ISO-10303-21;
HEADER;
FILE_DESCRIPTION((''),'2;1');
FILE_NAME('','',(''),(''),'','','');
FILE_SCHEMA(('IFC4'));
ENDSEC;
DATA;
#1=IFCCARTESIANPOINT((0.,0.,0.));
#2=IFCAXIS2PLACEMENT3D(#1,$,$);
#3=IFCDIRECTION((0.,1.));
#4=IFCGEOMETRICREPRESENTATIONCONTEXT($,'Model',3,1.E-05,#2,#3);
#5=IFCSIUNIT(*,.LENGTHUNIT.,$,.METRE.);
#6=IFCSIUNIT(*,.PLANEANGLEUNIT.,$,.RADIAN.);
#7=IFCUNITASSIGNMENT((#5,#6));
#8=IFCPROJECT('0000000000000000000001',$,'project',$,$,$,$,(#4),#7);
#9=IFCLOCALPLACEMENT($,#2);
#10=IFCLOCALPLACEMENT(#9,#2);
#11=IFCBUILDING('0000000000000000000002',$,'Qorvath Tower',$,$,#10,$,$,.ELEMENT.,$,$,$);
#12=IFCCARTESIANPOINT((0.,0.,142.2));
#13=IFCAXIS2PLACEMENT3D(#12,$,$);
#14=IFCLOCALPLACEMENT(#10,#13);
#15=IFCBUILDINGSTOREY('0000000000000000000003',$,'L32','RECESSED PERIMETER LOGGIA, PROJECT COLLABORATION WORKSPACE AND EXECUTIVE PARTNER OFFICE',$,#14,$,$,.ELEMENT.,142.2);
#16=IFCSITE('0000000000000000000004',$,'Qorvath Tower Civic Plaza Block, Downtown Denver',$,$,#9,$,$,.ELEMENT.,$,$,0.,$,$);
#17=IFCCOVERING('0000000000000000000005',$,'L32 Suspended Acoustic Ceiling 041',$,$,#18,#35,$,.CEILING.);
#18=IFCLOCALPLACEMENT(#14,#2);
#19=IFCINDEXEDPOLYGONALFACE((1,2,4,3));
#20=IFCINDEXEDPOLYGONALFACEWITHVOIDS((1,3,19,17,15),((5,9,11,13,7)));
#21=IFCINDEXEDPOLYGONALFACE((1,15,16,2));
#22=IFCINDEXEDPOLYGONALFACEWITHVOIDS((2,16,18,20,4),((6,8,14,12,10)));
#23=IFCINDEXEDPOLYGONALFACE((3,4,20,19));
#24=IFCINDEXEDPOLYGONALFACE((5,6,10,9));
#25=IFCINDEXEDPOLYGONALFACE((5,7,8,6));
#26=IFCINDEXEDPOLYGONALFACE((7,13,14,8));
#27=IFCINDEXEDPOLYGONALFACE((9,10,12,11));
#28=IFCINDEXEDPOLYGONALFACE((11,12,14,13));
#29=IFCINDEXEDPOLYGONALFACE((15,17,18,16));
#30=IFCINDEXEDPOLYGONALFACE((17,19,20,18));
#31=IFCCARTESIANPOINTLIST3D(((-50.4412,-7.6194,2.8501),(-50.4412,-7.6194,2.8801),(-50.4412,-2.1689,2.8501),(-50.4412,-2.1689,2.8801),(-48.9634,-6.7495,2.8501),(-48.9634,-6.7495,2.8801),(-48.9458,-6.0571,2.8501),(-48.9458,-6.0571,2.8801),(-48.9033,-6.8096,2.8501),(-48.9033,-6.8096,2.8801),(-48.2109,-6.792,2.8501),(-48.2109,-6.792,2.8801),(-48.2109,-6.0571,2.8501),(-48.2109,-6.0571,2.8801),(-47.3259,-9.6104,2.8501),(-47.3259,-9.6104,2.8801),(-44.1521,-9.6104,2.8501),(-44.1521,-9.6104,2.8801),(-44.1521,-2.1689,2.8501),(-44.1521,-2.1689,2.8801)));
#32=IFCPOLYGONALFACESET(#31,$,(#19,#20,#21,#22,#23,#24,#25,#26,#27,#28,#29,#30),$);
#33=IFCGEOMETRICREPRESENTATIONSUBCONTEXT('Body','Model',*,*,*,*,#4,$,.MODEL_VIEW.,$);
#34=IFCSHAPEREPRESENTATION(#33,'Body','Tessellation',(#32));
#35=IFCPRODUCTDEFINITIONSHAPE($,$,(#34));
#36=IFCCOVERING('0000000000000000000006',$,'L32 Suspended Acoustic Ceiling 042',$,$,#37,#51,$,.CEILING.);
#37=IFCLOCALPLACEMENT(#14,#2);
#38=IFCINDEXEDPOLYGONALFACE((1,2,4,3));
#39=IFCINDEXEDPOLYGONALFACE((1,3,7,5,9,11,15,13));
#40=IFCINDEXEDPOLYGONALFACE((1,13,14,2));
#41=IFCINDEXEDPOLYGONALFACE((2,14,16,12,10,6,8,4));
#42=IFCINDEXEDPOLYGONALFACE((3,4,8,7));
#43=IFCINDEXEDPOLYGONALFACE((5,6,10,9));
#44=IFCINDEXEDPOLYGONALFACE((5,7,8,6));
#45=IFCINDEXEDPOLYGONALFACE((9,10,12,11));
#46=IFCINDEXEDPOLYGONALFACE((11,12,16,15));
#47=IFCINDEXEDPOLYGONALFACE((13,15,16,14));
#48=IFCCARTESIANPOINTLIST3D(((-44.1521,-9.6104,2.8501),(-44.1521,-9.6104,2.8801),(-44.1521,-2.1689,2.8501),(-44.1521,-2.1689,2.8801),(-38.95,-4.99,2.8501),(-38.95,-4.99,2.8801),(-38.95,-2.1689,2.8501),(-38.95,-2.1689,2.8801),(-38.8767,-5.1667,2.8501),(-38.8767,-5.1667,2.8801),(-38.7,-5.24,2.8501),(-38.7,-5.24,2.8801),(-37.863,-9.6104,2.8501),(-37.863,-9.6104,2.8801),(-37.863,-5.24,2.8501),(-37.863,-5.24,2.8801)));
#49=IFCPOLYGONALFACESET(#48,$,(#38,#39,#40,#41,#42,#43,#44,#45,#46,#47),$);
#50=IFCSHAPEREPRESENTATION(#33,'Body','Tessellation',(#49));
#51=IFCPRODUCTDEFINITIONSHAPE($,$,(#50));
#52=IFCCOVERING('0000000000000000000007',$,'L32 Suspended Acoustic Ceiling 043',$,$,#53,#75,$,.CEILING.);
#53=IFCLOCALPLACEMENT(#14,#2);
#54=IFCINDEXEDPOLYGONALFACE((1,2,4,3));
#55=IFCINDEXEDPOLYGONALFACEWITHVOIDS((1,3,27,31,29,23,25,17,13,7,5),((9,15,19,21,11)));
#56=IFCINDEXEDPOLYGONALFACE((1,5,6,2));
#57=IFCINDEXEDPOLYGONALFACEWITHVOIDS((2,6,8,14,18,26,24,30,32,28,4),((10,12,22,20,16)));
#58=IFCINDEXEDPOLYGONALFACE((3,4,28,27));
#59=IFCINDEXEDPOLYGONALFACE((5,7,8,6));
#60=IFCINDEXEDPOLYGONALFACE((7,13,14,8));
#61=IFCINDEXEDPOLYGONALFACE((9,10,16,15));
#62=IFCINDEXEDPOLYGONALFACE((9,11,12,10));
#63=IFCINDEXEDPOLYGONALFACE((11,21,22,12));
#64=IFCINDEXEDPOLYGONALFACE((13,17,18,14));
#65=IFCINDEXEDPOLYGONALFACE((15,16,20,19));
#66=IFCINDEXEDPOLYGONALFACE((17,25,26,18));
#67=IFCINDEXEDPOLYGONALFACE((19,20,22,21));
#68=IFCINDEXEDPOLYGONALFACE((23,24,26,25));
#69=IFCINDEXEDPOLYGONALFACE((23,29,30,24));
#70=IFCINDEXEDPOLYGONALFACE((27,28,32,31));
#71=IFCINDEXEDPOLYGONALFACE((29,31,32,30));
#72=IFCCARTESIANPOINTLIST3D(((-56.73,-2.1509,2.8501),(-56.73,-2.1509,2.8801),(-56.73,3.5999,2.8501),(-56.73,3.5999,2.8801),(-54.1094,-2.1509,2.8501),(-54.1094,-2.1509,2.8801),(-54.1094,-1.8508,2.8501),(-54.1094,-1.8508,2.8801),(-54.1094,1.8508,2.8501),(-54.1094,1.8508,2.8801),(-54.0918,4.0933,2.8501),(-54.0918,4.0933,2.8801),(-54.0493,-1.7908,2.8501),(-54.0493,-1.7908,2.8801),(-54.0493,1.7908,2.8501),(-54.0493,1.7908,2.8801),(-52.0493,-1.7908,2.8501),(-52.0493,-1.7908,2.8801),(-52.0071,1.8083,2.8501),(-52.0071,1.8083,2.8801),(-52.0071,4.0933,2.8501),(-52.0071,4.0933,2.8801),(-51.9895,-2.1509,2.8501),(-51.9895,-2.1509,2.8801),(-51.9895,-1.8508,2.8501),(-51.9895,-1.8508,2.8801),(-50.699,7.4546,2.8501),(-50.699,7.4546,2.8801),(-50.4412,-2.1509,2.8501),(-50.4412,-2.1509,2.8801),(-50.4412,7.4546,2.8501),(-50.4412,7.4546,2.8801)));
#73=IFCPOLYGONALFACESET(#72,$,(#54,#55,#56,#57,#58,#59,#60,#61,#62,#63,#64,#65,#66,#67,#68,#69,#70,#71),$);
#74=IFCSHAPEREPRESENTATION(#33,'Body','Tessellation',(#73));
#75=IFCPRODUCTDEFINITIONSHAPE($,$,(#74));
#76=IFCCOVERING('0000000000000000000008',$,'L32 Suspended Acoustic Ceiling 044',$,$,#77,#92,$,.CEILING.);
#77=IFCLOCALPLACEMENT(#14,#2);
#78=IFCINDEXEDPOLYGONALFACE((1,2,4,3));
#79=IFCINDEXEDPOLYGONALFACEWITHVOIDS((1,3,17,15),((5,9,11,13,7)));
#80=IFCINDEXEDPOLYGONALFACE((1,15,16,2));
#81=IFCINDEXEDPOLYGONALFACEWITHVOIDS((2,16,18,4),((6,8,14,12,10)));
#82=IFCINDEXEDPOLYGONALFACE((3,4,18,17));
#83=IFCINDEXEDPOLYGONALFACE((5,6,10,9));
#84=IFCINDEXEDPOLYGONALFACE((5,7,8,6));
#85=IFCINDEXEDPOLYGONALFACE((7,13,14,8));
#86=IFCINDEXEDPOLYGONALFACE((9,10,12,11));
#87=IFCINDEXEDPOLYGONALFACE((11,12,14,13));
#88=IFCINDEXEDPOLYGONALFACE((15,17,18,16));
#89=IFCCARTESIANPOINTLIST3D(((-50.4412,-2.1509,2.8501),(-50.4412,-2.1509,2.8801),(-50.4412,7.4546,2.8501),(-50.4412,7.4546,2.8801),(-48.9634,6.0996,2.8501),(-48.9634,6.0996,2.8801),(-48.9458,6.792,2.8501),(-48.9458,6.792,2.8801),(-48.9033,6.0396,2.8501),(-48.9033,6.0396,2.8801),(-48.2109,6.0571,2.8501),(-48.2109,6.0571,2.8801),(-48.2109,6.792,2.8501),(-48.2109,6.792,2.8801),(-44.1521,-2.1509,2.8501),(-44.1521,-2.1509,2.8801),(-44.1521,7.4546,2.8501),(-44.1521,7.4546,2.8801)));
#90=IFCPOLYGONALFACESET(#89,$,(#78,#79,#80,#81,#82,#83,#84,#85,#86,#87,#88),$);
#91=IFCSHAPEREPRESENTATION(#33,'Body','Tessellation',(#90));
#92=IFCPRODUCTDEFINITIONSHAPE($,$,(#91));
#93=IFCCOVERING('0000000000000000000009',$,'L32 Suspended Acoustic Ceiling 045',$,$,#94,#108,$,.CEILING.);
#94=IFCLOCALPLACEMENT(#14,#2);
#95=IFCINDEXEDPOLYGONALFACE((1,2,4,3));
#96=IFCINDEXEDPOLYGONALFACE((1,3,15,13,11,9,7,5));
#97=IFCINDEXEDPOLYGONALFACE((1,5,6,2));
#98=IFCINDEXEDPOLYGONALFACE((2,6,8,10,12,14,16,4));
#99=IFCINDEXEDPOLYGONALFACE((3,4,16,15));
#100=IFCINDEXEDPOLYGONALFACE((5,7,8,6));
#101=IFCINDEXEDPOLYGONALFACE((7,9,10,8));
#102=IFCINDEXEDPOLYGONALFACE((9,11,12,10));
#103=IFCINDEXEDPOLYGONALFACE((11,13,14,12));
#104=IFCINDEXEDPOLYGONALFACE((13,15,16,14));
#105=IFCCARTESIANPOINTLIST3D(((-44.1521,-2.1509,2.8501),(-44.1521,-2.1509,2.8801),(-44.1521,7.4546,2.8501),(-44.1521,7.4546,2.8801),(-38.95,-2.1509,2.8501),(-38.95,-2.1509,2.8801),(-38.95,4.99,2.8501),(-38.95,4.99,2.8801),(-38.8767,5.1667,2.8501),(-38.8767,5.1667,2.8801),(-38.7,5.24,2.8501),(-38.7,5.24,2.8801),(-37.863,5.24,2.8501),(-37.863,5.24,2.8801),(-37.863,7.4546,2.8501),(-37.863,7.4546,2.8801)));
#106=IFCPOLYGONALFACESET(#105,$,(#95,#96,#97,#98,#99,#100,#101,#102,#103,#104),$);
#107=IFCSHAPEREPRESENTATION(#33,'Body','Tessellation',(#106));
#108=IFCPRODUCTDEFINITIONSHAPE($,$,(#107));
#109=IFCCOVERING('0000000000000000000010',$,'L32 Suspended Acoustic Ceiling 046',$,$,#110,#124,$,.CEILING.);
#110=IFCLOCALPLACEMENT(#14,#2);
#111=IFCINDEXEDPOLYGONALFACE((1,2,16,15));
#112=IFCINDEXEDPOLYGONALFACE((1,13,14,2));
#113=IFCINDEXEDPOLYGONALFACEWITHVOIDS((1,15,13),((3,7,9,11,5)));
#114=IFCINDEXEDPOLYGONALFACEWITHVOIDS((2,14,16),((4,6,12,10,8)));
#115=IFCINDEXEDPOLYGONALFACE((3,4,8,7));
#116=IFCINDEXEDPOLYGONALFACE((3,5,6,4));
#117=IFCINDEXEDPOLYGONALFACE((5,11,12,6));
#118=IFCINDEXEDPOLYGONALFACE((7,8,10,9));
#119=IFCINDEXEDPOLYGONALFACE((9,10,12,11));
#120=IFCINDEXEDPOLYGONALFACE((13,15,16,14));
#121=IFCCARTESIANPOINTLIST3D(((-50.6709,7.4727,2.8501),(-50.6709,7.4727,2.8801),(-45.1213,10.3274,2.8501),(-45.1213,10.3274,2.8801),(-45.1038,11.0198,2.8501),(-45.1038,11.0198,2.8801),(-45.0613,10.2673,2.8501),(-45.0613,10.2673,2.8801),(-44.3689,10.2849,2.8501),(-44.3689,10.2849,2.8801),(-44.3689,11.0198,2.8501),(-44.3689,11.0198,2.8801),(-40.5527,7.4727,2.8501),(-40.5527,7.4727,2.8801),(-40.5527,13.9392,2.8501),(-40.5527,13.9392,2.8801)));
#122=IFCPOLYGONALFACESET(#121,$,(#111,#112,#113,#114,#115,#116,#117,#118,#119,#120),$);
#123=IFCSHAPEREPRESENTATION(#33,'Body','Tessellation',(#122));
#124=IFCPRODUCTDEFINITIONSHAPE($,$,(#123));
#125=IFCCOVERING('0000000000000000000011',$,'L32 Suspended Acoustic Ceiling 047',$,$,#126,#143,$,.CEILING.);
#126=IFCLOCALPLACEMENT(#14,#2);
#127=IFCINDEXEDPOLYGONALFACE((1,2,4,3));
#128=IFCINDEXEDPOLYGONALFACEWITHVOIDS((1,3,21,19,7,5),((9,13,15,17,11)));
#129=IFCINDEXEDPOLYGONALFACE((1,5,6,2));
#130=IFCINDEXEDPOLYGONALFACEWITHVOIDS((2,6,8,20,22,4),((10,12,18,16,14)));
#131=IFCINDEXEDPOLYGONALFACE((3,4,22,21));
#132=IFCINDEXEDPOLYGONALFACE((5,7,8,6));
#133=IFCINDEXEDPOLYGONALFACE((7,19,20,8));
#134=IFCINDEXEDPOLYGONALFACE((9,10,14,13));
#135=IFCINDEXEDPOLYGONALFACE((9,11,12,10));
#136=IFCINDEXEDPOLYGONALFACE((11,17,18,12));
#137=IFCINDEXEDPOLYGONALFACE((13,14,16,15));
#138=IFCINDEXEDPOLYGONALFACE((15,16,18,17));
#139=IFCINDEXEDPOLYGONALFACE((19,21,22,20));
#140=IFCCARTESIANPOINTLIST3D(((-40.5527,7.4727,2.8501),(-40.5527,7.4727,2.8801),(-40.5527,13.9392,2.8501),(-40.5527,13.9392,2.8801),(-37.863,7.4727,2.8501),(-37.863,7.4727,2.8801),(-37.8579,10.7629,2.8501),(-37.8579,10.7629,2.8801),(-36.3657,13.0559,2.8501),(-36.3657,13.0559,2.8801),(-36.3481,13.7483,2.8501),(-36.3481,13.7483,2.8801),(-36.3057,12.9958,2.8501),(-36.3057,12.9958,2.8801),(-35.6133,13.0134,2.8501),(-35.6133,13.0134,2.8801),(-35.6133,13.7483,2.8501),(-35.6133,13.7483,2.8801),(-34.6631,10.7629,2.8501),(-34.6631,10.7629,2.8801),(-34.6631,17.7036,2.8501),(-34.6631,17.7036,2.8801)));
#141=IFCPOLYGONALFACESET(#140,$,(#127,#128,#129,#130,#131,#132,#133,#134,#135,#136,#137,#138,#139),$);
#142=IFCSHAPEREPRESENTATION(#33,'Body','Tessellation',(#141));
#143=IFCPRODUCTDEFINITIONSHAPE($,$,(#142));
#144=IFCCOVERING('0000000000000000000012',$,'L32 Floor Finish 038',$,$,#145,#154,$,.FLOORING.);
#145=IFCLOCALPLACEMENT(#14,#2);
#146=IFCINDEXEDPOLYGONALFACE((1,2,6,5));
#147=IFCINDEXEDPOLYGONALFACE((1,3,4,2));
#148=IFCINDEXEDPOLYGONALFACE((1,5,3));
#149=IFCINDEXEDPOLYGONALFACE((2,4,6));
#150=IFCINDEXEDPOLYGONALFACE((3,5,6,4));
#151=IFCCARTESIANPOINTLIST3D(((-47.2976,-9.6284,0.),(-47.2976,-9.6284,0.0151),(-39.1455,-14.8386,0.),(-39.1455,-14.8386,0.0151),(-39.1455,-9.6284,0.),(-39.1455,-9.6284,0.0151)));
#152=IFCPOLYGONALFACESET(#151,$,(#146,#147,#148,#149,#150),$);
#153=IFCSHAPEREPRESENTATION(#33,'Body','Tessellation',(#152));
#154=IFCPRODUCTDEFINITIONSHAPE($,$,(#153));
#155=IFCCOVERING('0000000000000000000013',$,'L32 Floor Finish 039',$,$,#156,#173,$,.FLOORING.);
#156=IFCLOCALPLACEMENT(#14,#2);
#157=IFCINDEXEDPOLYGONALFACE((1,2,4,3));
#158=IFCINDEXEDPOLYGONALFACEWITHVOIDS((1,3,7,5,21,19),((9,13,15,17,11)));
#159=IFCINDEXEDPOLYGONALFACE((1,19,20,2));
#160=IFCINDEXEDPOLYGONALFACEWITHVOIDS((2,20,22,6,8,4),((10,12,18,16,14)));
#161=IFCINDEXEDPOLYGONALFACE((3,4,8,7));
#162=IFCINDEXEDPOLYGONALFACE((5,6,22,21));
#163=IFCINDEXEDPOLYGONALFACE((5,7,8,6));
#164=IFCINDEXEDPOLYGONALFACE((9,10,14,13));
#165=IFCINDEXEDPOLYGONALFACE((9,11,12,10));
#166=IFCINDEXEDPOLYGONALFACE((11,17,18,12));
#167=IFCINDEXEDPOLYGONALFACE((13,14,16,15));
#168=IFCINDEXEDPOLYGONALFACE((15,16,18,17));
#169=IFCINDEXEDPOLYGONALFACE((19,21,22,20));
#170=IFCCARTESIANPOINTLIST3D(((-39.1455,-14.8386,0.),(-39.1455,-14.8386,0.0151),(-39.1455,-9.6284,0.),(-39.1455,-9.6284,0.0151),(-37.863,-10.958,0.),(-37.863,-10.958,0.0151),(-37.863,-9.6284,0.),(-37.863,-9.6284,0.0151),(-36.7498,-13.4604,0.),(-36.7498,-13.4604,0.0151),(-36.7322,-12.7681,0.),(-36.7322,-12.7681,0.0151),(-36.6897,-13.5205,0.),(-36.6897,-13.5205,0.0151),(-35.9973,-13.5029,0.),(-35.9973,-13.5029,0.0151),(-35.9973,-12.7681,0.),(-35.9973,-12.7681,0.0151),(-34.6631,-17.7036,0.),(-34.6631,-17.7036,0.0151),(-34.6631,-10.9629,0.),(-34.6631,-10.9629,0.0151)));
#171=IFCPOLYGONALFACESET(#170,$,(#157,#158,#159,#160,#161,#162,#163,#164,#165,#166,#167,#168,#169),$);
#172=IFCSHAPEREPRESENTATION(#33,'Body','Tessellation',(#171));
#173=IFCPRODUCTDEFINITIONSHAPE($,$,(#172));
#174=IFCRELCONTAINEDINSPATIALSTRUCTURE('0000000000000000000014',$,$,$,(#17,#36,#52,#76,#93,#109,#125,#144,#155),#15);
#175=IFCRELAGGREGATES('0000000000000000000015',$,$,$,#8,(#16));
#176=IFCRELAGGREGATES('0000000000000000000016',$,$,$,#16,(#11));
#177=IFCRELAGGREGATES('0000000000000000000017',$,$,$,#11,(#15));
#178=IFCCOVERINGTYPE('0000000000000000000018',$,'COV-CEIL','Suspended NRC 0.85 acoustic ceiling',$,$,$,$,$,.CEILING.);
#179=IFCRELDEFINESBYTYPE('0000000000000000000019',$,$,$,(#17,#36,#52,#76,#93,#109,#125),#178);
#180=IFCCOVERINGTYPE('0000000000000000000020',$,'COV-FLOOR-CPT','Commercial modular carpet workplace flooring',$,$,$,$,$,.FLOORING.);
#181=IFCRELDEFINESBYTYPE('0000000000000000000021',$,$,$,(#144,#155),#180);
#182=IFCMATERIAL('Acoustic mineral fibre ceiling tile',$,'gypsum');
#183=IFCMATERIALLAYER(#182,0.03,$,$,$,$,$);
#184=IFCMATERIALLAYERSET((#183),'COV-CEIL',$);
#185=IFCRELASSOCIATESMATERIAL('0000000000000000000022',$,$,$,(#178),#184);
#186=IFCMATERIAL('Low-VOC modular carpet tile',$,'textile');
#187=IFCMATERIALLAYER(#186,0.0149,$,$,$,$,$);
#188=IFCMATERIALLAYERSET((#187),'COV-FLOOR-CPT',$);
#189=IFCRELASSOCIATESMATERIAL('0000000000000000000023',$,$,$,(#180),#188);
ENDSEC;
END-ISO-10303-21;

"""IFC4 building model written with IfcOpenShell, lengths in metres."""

from ifc_helpers import new_model, si_unit, direction, frame, origin, place, context, subcontext, project, spatial, polyline, outline, extrude, material, layer, layer_set, type_object, element, save


model = new_model("IFC4")

# Units and contexts
model_context = context("Model", 3, precision=1e-05, world=origin(), true_north=direction((0.0, 1.0)))
body_context = subcontext(model_context, "Body", "Model", "MODEL_VIEW")
ifc_project = project(units=[si_unit("LENGTHUNIT", "METRE"), si_unit("PLANEANGLEUNIT", "RADIAN")], contexts=[model_context])

# Site, building, storey
site_placement = place(None, origin())
site = spatial("IfcSite", under=ifc_project, at=site_placement, Name="Qorvath Tower Civic Plaza Block, Downtown Denver", CompositionType="ELEMENT", RefElevation=0.0)
building_placement = place(site_placement, origin())
building = spatial("IfcBuilding", under=site, at=building_placement, Name="Qorvath Tower", CompositionType="ELEMENT")
storey_placement = place(building_placement, frame((0.0, 0.0, 142.2)))
storey = spatial("IfcBuildingStorey", under=building, at=storey_placement, Name="L32", Description="RECESSED PERIMETER LOGGIA, PROJECT COLLABORATION WORKSPACE AND EXECUTIVE PARTNER OFFICE", CompositionType="ELEMENT", Elevation=142.2)

# Coverings
ifc_material_1 = material(Name="Acoustic mineral fibre ceiling tile", Category="gypsum")
ifc_layer_1 = layer(ifc_material_1, 0.03)
ifc_layer_set_1 = layer_set([ifc_layer_1], Name="COV-CEIL")
covering_type_1 = type_object("IfcCoveringType", Name="COV-CEIL", Description="Suspended NRC 0.85 acoustic ceiling", PredefinedType="CEILING", material=ifc_layer_set_1)
covering_1_placement = place(storey_placement, frame((0.0, 0.0, 2.8501)))
element("IfcCovering", 1, at=covering_1_placement, inside=storey, type_object=covering_type_1, Name="L32 Suspended Acoustic Ceiling 041", PredefinedType="CEILING", context=body_context, shape_type="SweptSolid", body=[
    extrude(outline(polyline([(-44.1521, -9.6104), (-44.1521, -2.1689), (-50.4412, -2.1689), (-50.4412, -7.6194), (-47.3259, -9.6104), (-44.1521, -9.6104)]), holes=[polyline([(-48.9634, -6.7495), (-48.9458, -6.0571), (-48.2109, -6.0571), (-48.2109, -6.792), (-48.9033, -6.8096), (-48.9634, -6.7495)])]), origin(), (0.0, 0.0, 1.0), 0.03),
])
covering_2_placement = place(storey_placement, frame((0.0, 0.0, 2.8501)))
element("IfcCovering", 2, at=covering_2_placement, inside=storey, type_object=covering_type_1, Name="L32 Suspended Acoustic Ceiling 042", PredefinedType="CEILING", context=body_context, shape_type="SweptSolid", body=[
    extrude(outline(polyline([(-37.863, -9.6104), (-37.863, -5.24), (-38.7, -5.24), (-38.8767, -5.1667), (-38.95, -4.99), (-38.95, -2.1689), (-44.1521, -2.1689), (-44.1521, -9.6104), (-37.863, -9.6104)])), origin(), (0.0, 0.0, 1.0), 0.03),
])
covering_3_placement = place(storey_placement, frame((0.0, 0.0, 2.8501)))
element("IfcCovering", 3, at=covering_3_placement, inside=storey, type_object=covering_type_1, Name="L32 Suspended Acoustic Ceiling 043", PredefinedType="CEILING", context=body_context, shape_type="SweptSolid", body=[
    extrude(outline(polyline([(-50.4412, -2.1509), (-50.4412, 7.4546), (-50.699, 7.4546), (-56.73, 3.5999), (-56.73, -2.1509), (-54.1094, -2.1509), (-54.1094, -1.8508), (-54.0493, -1.7908), (-52.0493, -1.7908), (-51.9895, -1.8508), (-51.9895, -2.1509), (-50.4412, -2.1509)]), holes=[polyline([(-54.1094, 1.8508), (-54.0918, 4.0933), (-52.0071, 4.0933), (-52.0071, 1.8083), (-54.0493, 1.7908), (-54.1094, 1.8508)])]), origin(), (0.0, 0.0, 1.0), 0.03),
])
covering_4_placement = place(storey_placement, frame((0.0, 0.0, 2.8501)))
element("IfcCovering", 4, at=covering_4_placement, inside=storey, type_object=covering_type_1, Name="L32 Suspended Acoustic Ceiling 044", PredefinedType="CEILING", context=body_context, shape_type="SweptSolid", body=[
    extrude(outline(polyline([(-44.1521, -2.1509), (-44.1521, 7.4546), (-50.4412, 7.4546), (-50.4412, -2.1509), (-44.1521, -2.1509)]), holes=[polyline([(-48.9634, 6.0996), (-48.9458, 6.792), (-48.2109, 6.792), (-48.2109, 6.0571), (-48.9033, 6.0396), (-48.9634, 6.0996)])]), origin(), (0.0, 0.0, 1.0), 0.03),
])
covering_5_placement = place(storey_placement, frame((0.0, 0.0, 2.8501)))
element("IfcCovering", 5, at=covering_5_placement, inside=storey, type_object=covering_type_1, Name="L32 Suspended Acoustic Ceiling 045", PredefinedType="CEILING", context=body_context, shape_type="SweptSolid", body=[
    extrude(outline(polyline([(-37.863, 5.24), (-37.863, 7.4546), (-44.1521, 7.4546), (-44.1521, -2.1509), (-38.95, -2.1509), (-38.95, 4.99), (-38.8767, 5.1667), (-38.7, 5.24), (-37.863, 5.24)])), origin(), (0.0, 0.0, 1.0), 0.03),
])
covering_6_placement = place(storey_placement, frame((0.0, 0.0, 2.8501)))
element("IfcCovering", 6, at=covering_6_placement, inside=storey, type_object=covering_type_1, Name="L32 Suspended Acoustic Ceiling 046", PredefinedType="CEILING", context=body_context, shape_type="SweptSolid", body=[
    extrude(outline(polyline([(-40.5527, 7.4727), (-40.5527, 13.9392), (-50.6709, 7.4727), (-40.5527, 7.4727)]), holes=[polyline([(-45.1213, 10.3274), (-45.1038, 11.0198), (-44.3689, 11.0198), (-44.3689, 10.2849), (-45.0613, 10.2673), (-45.1213, 10.3274)])]), origin(), (0.0, 0.0, 1.0), 0.03),
])
covering_7_placement = place(storey_placement, frame((0.0, 0.0, 2.8501)))
element("IfcCovering", 7, at=covering_7_placement, inside=storey, type_object=covering_type_1, Name="L32 Suspended Acoustic Ceiling 047", PredefinedType="CEILING", context=body_context, shape_type="SweptSolid", body=[
    extrude(outline(polyline([(-37.8579, 10.7629), (-34.6631, 10.7629), (-34.6631, 17.7036), (-40.5527, 13.9392), (-40.5527, 7.4727), (-37.863, 7.4727), (-37.8579, 10.7629)]), holes=[polyline([(-36.3657, 13.0559), (-36.3481, 13.7483), (-35.6133, 13.7483), (-35.6133, 13.0134), (-36.3057, 12.9958), (-36.3657, 13.0559)])]), origin(), (0.0, 0.0, 1.0), 0.03),
])
ifc_material_2 = material(Name="Low-VOC modular carpet tile", Category="textile")
ifc_layer_2 = layer(ifc_material_2, 0.0149)
ifc_layer_set_2 = layer_set([ifc_layer_2], Name="COV-FLOOR-CPT")
covering_type_2 = type_object("IfcCoveringType", Name="COV-FLOOR-CPT", Description="Commercial modular carpet workplace flooring", PredefinedType="FLOORING", material=ifc_layer_set_2)
covering_8_placement = place(storey_placement, origin())
element("IfcCovering", 8, at=covering_8_placement, inside=storey, type_object=covering_type_2, Name="L32 Floor Finish 038", PredefinedType="FLOORING", context=body_context, shape_type="SweptSolid", body=[
    extrude(outline(polyline([(-39.1455, -14.8386), (-39.1455, -9.6284), (-47.2976, -9.6284), (-39.1455, -14.8386)])), origin(), (0.0, 0.0, 1.0), 0.0151),
])
covering_9_placement = place(storey_placement, origin())
element("IfcCovering", 9, at=covering_9_placement, inside=storey, type_object=covering_type_2, Name="L32 Floor Finish 039", PredefinedType="FLOORING", context=body_context, shape_type="SweptSolid", body=[
    extrude(outline(polyline([(-37.863, -10.958), (-37.863, -9.6284), (-39.1455, -9.6284), (-39.1455, -14.8386), (-34.6631, -17.7036), (-34.6631, -10.9629), (-37.863, -10.958)]), holes=[polyline([(-36.7498, -13.4604), (-36.7322, -12.7681), (-35.9973, -12.7681), (-35.9973, -13.5029), (-36.6897, -13.5205), (-36.7498, -13.4604)])]), origin(), (0.0, 0.0, 1.0), 0.0151),
])

save(model, "model.ifc")
